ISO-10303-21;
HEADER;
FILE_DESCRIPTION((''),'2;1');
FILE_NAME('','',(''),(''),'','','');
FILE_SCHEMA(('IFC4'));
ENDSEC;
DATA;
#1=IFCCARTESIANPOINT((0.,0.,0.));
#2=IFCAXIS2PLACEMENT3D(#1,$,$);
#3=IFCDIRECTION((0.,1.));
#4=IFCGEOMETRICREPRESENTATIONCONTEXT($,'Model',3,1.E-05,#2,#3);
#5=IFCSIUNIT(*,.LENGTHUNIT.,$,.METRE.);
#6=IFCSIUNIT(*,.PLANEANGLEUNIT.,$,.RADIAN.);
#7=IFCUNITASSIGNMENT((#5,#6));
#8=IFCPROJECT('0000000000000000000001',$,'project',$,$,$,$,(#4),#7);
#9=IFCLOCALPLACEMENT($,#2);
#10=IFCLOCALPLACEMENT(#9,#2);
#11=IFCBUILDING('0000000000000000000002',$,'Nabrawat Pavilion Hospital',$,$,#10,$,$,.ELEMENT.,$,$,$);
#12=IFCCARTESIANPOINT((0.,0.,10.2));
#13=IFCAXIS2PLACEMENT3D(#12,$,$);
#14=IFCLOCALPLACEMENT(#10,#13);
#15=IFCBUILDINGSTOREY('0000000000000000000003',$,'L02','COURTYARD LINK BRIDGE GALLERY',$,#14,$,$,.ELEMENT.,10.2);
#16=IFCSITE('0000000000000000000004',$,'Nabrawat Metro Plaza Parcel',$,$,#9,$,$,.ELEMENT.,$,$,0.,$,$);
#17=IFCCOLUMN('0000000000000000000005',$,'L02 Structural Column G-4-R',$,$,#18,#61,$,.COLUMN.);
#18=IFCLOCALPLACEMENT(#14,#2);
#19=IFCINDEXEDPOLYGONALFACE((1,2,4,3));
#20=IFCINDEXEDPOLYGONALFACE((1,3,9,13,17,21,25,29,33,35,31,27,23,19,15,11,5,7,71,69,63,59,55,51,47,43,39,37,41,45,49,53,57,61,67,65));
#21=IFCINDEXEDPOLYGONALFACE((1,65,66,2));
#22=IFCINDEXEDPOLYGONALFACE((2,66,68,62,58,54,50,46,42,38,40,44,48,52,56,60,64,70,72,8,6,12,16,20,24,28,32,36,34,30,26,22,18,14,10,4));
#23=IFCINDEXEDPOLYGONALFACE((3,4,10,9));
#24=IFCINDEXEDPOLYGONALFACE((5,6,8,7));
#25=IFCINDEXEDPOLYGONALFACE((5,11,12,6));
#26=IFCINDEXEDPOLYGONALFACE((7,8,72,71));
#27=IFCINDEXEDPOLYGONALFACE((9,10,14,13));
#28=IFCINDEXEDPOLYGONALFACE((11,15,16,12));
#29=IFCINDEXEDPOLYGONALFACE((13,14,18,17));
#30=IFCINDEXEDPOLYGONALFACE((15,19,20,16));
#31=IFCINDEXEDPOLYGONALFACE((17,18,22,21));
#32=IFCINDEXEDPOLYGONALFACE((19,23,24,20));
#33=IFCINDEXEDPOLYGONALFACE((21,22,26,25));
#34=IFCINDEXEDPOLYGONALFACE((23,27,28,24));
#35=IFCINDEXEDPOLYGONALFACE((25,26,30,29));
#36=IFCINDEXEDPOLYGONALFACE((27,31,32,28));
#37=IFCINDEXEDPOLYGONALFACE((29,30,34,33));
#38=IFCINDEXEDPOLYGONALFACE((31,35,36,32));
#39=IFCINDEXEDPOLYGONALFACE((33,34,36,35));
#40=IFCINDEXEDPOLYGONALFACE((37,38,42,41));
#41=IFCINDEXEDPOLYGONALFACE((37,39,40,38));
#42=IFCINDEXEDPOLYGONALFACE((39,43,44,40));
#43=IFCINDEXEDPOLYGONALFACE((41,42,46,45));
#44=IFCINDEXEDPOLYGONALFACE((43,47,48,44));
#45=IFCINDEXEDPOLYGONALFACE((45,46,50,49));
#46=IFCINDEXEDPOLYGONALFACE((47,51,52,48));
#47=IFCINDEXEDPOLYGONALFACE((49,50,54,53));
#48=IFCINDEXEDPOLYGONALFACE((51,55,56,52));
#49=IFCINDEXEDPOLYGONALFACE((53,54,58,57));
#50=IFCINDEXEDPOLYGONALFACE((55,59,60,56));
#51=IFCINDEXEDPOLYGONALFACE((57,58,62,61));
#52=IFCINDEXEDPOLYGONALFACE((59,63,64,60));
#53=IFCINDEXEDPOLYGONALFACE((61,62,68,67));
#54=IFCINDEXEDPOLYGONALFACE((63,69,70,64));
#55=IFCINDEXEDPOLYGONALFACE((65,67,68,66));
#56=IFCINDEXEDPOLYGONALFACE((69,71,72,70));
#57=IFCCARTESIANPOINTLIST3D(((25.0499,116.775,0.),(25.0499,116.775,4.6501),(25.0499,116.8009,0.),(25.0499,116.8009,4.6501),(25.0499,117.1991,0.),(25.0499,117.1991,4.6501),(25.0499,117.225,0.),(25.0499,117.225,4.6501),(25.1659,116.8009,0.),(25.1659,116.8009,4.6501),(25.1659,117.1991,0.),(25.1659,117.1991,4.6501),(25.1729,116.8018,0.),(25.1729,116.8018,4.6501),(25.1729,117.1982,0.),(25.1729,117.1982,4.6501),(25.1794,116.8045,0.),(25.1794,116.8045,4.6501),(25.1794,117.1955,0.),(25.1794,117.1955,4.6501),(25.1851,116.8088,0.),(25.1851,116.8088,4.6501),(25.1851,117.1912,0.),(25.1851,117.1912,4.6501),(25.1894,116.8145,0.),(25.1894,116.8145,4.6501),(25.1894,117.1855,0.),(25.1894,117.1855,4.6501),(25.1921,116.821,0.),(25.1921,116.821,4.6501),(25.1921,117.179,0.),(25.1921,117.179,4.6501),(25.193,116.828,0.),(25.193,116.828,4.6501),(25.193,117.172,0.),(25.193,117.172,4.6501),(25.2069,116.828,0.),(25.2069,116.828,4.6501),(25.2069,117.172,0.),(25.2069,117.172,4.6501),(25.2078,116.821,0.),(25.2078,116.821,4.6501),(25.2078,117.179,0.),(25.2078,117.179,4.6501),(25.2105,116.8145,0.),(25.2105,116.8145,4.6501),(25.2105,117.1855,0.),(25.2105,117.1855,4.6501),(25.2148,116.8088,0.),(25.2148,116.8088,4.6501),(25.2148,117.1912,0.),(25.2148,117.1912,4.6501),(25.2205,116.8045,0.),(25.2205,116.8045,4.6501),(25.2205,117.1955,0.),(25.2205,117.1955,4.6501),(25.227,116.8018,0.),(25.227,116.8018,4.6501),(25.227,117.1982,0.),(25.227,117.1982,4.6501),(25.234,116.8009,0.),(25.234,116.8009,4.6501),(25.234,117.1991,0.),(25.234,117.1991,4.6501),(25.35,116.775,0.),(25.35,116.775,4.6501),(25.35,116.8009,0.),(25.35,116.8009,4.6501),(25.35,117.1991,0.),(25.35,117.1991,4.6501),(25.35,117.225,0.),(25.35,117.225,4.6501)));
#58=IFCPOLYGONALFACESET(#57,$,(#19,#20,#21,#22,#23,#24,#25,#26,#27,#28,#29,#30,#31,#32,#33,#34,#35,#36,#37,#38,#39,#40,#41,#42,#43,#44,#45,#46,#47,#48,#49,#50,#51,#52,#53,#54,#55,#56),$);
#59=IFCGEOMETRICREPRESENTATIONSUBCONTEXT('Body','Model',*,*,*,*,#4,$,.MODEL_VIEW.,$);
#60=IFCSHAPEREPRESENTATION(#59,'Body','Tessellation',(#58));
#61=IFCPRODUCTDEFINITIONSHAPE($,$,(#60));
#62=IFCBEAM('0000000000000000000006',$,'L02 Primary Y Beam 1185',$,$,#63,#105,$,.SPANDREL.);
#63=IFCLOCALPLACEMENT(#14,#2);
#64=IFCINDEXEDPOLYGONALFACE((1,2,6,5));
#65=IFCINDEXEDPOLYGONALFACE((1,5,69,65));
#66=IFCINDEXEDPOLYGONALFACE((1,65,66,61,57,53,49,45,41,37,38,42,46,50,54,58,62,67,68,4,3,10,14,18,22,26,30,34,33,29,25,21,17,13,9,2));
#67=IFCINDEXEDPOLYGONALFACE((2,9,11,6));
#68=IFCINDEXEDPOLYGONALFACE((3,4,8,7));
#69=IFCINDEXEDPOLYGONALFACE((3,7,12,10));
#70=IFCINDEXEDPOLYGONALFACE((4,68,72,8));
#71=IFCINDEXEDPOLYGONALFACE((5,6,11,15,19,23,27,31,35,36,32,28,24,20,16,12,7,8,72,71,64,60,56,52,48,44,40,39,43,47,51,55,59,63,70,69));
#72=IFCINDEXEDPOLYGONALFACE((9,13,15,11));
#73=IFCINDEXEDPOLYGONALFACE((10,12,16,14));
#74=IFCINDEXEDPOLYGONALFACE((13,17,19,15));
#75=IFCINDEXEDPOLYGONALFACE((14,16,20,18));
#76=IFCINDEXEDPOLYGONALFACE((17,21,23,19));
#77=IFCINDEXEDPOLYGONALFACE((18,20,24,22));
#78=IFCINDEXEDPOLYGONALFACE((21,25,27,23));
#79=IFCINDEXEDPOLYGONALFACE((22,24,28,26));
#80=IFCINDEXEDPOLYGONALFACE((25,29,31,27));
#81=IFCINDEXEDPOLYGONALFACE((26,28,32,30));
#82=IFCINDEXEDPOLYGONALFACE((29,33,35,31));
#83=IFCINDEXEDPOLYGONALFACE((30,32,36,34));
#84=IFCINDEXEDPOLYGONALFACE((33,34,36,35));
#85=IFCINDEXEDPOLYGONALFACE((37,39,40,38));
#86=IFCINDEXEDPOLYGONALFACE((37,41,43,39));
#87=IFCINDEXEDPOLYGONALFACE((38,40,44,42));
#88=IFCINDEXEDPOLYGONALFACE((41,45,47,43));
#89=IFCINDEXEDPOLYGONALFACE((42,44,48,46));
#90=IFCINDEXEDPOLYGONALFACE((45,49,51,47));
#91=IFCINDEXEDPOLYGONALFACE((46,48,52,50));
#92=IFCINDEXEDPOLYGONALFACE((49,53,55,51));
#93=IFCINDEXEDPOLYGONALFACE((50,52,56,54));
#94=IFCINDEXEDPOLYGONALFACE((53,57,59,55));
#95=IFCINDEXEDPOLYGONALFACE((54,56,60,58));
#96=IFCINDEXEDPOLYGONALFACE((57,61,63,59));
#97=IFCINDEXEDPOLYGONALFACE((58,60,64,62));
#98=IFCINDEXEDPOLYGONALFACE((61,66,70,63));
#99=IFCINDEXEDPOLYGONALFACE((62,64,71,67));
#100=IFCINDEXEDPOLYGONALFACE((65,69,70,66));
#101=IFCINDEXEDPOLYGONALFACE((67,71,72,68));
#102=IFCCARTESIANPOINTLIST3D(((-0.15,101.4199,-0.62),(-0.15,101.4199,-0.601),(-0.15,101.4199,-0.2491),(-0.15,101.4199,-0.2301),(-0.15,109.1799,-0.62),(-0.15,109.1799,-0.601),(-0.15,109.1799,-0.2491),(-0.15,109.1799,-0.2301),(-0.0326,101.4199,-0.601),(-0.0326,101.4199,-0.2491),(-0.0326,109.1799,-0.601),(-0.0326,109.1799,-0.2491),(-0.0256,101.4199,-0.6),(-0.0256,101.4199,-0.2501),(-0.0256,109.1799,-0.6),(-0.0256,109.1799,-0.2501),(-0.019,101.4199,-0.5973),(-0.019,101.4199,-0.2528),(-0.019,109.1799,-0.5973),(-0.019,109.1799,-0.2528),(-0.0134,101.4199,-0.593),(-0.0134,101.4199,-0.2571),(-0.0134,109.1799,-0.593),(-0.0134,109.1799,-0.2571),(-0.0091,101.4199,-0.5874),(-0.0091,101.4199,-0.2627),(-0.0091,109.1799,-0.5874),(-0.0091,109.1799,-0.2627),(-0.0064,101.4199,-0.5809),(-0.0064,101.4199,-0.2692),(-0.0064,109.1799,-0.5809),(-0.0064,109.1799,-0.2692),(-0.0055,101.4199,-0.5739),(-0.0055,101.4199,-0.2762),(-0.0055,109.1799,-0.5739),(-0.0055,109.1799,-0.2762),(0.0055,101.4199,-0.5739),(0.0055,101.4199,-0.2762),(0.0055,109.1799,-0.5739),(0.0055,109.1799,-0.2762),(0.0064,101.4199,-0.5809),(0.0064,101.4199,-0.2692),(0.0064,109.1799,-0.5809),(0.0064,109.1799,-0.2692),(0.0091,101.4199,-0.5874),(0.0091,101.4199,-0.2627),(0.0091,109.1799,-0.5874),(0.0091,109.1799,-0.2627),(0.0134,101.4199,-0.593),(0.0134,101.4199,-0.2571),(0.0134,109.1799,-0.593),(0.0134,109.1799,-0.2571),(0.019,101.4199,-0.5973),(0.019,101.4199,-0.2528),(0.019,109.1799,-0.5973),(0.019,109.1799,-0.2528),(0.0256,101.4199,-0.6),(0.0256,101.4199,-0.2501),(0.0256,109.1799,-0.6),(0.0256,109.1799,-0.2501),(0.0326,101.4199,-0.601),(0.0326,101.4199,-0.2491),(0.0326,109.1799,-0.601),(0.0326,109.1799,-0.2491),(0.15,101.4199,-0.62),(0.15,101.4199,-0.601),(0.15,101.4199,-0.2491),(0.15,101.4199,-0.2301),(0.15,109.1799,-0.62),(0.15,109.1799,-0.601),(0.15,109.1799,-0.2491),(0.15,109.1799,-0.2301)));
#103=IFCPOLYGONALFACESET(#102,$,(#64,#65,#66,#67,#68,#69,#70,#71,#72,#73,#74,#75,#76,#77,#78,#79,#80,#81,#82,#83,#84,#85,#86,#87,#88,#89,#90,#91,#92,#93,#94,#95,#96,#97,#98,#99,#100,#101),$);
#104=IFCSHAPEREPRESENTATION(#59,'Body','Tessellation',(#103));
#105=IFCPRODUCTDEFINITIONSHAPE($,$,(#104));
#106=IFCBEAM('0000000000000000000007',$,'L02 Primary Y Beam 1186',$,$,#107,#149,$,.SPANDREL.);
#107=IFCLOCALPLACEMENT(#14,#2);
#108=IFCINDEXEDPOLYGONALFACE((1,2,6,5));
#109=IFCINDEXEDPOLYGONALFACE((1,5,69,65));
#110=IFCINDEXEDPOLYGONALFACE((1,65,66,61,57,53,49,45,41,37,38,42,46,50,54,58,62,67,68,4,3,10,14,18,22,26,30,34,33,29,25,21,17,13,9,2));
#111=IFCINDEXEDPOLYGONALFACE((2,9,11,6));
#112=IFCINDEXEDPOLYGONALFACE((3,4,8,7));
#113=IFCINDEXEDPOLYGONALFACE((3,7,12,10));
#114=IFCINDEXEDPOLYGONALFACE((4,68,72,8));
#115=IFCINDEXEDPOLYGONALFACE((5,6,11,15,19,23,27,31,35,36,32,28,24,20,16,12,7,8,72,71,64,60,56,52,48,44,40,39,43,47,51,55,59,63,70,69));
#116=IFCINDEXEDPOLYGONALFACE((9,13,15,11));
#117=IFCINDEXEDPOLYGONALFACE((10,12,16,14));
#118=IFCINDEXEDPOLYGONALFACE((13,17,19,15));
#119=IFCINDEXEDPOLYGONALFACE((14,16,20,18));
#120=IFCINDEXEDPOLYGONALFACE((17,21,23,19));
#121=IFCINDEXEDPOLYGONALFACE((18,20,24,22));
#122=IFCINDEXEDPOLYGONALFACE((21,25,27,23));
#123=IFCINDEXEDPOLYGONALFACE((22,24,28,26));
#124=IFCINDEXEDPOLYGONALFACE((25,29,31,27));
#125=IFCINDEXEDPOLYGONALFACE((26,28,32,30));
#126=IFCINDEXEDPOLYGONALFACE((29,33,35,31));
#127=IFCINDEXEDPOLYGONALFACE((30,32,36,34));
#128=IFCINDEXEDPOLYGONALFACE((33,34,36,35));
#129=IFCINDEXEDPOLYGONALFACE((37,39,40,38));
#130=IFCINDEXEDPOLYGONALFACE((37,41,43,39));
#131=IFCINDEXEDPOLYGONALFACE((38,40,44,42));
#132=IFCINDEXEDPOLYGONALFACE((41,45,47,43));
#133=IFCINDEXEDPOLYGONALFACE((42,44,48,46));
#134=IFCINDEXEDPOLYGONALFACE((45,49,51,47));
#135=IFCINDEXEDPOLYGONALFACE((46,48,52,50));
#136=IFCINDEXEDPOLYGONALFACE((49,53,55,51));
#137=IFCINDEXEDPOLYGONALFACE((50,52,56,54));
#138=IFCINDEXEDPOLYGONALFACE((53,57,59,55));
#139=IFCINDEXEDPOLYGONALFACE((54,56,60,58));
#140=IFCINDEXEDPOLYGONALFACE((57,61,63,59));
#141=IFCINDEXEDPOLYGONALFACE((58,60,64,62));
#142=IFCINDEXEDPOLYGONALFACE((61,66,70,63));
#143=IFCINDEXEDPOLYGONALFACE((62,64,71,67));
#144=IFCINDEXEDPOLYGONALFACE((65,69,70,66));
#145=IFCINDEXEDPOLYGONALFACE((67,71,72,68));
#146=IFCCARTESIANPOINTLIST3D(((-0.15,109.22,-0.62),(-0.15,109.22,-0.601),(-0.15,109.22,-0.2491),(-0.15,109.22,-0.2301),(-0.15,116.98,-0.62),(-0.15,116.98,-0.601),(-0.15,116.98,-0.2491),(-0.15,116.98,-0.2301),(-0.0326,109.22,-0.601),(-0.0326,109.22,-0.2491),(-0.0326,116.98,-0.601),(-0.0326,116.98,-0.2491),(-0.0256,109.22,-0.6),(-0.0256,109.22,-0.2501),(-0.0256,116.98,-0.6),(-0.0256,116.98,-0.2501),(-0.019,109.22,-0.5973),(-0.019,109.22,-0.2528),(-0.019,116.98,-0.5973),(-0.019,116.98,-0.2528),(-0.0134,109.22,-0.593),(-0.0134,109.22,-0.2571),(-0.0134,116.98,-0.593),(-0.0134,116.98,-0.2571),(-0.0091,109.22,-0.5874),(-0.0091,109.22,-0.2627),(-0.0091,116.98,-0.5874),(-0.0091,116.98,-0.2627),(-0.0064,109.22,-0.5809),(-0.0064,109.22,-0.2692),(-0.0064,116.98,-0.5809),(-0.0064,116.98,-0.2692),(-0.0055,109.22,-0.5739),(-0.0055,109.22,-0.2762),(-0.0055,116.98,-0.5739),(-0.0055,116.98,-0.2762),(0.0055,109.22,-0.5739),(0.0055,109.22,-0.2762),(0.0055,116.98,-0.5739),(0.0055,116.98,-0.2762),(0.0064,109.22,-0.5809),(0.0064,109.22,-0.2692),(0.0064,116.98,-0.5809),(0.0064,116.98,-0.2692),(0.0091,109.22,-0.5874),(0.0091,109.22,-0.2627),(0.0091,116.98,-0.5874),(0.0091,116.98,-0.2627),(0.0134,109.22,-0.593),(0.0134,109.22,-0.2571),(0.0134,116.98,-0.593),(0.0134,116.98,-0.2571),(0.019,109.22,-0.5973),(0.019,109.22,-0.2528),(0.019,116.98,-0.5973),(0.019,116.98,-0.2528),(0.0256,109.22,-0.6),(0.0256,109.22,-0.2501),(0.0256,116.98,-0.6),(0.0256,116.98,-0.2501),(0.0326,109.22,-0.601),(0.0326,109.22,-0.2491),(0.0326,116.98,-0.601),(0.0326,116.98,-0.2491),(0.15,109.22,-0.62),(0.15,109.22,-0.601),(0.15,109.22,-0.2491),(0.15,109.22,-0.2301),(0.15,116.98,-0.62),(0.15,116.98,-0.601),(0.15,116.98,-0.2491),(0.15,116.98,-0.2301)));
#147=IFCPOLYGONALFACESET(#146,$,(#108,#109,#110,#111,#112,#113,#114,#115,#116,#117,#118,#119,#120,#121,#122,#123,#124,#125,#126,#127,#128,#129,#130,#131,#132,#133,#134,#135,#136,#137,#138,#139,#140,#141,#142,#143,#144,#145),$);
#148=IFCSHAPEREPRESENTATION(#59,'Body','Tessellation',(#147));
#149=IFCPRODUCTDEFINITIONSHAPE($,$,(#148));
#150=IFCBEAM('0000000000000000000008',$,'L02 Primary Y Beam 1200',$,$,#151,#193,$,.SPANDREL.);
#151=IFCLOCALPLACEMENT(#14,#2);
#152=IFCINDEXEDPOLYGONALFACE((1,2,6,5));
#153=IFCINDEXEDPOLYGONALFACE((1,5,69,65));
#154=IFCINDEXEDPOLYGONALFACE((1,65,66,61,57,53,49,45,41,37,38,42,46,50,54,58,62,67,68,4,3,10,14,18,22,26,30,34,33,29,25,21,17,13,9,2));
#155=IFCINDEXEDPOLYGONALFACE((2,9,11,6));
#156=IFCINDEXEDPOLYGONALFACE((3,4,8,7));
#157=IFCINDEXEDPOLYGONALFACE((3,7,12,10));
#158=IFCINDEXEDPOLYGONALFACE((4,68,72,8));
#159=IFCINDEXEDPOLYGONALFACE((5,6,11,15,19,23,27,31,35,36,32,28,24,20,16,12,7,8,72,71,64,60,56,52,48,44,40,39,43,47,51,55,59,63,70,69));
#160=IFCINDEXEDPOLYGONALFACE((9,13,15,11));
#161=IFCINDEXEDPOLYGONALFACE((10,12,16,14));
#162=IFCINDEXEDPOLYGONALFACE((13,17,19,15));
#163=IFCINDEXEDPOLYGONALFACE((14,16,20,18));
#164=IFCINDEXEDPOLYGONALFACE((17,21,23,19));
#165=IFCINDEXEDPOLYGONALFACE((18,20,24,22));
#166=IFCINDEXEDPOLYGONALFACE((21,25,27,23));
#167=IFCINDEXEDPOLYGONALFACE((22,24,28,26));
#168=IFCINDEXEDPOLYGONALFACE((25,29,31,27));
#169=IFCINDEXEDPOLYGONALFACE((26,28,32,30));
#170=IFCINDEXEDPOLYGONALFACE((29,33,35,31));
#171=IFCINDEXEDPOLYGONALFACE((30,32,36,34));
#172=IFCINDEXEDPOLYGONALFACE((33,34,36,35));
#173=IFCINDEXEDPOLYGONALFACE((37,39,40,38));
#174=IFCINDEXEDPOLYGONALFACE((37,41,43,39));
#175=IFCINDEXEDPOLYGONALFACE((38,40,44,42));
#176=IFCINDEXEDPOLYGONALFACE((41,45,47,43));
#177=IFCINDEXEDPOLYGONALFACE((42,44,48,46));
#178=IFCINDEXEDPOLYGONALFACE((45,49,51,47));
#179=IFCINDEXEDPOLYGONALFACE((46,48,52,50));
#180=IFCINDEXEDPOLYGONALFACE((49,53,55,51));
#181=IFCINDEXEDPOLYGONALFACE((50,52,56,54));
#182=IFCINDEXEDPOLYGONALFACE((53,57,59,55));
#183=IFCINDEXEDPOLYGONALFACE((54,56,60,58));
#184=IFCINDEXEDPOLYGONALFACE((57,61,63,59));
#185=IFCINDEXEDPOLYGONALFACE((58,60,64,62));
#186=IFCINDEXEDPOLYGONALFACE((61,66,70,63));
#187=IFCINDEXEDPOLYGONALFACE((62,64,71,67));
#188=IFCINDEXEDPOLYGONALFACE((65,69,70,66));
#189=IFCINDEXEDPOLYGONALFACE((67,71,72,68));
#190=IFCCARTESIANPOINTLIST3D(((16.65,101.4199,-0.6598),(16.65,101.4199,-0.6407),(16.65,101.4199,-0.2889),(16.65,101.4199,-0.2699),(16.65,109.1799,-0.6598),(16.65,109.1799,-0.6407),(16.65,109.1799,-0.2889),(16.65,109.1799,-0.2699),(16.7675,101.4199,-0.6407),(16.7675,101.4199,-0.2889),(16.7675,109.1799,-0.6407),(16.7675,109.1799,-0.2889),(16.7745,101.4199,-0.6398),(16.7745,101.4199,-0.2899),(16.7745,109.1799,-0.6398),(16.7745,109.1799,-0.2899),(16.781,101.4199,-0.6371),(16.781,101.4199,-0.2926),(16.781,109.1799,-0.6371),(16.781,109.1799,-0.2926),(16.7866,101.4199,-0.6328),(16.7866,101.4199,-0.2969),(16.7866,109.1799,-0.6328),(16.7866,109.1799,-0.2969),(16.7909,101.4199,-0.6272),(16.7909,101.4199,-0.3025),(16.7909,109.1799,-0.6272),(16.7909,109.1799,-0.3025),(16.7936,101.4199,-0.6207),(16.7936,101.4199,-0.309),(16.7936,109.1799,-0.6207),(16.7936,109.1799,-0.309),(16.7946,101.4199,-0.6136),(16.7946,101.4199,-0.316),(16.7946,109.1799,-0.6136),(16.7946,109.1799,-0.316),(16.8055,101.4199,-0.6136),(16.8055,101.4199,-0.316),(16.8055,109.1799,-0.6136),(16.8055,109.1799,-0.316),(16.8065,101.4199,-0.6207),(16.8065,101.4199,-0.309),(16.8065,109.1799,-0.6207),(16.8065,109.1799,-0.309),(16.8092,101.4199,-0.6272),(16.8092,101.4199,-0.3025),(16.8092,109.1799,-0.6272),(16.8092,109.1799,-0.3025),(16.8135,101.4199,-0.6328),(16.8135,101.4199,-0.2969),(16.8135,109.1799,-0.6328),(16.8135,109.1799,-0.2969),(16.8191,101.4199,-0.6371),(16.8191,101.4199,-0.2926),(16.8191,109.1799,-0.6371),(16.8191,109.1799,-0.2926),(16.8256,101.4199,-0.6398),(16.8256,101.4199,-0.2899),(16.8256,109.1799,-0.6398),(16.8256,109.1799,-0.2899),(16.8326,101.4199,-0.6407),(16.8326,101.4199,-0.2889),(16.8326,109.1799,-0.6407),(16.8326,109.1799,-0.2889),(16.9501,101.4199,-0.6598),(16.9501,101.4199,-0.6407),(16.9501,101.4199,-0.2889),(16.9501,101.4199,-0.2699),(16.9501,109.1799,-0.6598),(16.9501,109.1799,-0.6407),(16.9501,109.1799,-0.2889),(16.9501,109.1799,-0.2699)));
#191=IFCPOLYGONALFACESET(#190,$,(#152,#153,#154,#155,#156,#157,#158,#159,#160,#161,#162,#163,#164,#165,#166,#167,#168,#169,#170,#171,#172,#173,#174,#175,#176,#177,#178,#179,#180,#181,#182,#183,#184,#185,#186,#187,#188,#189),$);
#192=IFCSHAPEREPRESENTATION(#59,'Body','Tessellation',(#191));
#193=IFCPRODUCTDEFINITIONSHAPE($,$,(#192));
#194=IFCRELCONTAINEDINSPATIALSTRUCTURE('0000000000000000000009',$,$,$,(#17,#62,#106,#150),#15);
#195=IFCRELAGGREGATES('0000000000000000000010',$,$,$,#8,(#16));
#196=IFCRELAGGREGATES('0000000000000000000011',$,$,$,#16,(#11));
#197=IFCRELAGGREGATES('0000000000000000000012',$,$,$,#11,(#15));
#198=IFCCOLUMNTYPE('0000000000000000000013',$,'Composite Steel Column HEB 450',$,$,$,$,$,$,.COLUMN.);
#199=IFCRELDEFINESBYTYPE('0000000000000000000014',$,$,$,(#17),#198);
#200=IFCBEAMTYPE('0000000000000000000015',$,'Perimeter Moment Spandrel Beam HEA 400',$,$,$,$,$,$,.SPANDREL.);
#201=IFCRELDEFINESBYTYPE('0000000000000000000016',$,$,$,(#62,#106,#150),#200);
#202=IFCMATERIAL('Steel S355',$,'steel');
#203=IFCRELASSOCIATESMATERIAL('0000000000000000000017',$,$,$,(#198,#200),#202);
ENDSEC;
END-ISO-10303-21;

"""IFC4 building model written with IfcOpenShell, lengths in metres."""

from ifc_helpers import new_model, si_unit, direction, frame, origin, origin_2d, place, context, subcontext, project, spatial, i_section, extrude, material, material_profile, profile_set, type_object, element, save


model = new_model("IFC4")

# Units and contexts
model_context = context("Model", 3, precision=1e-05, world=origin(), true_north=direction((0.0, 1.0)))
body_context = subcontext(model_context, "Body", "Model", "MODEL_VIEW")
ifc_project = project(units=[si_unit("LENGTHUNIT", "METRE"), si_unit("PLANEANGLEUNIT", "RADIAN")], contexts=[model_context])

# Site, building, storey
site_placement = place(None, origin())
site = spatial("IfcSite", under=ifc_project, at=site_placement, Name="Nabrawat Metro Plaza Parcel", CompositionType="ELEMENT", RefElevation=0.0)
building_placement = place(site_placement, origin())
building = spatial("IfcBuilding", under=site, at=building_placement, Name="Nabrawat Pavilion Hospital", CompositionType="ELEMENT")
storey_placement = place(building_placement, frame((0.0, 0.0, 10.2)))
storey = spatial("IfcBuildingStorey", under=building, at=storey_placement, Name="L02", Description="COURTYARD LINK BRIDGE GALLERY", CompositionType="ELEMENT", Elevation=10.2)

# Column
ifc_material_1 = material(Name="Steel S355", Category="steel")
ifc_material_profile_1 = material_profile(ifc_material_1, i_section(OverallWidth=0.3, OverallDepth=0.45, WebThickness=0.0139, FlangeThickness=0.0259, FilletRadius=0.0271, at=origin_2d()), Name="HEB 450")
ifc_profile_set_1 = profile_set([ifc_material_profile_1], Name="Steel S355")
column_type = type_object("IfcColumnType", Name="Composite Steel Column HEB 450", PredefinedType="COLUMN", material=ifc_profile_set_1)
for number, where, z_axis, x_axis, name in (
    (1, (25.2, 117.0, 0.0), (0.0, 0.0, 1.0), (1.0, 0.0, 0.0), "L02 Structural Column G-4-R"),
):
    element("IfcColumn", number, at=place(storey_placement, frame(where, z_axis=z_axis, x_axis=x_axis)), inside=storey, type_object=column_type, Name=name, PredefinedType="COLUMN", context=body_context, shape_type="SweptSolid", body=[
        extrude(i_section(OverallWidth=0.3, OverallDepth=0.45, WebThickness=0.0139, FlangeThickness=0.0259, FilletRadius=0.0271, at=origin_2d()), origin(), (0.0, 0.0, 1.0), 4.6501),
    ])

# Beams
ifc_material_profile_2 = material_profile(ifc_material_1, i_section(OverallWidth=0.3, OverallDepth=0.3899, WebThickness=0.011, FlangeThickness=0.019, FilletRadius=0.0271, at=origin_2d()), Name="HEA 400")
ifc_profile_set_2 = profile_set([ifc_material_profile_2], Name="Steel S355")
beam_type_1 = type_object("IfcBeamType", Name="Perimeter Moment Spandrel Beam HEA 400", PredefinedType="SPANDREL", material=ifc_profile_set_2)
for number, where, z_axis, x_axis, name in (
    (2, (0.0, 101.4199, -0.425), (0.0, 1.0, 0.0), (-1.0, 0.0, 0.0), "L02 Primary Y Beam 1185"),
    (3, (0.0, 109.22, -0.425), (0.0, 1.0, 0.0), (-1.0, 0.0, 0.0), "L02 Primary Y Beam 1186"),
    (4, (16.8, 101.4199, -0.4648), (0.0, 1.0, 0.0), (-1.0, 0.0, 0.0), "L02 Primary Y Beam 1200"),
):
    element("IfcBeam", number, at=place(storey_placement, frame(where, z_axis=z_axis, x_axis=x_axis)), inside=storey, type_object=beam_type_1, Name=name, PredefinedType="SPANDREL", context=body_context, shape_type="SweptSolid", body=[
        extrude(i_section(OverallWidth=0.3, OverallDepth=0.3899, WebThickness=0.011, FlangeThickness=0.019, FilletRadius=0.0271, at=origin_2d()), origin(), (0.0, 0.0, 1.0), 7.76),
    ])

save(model, "model.ifc")
